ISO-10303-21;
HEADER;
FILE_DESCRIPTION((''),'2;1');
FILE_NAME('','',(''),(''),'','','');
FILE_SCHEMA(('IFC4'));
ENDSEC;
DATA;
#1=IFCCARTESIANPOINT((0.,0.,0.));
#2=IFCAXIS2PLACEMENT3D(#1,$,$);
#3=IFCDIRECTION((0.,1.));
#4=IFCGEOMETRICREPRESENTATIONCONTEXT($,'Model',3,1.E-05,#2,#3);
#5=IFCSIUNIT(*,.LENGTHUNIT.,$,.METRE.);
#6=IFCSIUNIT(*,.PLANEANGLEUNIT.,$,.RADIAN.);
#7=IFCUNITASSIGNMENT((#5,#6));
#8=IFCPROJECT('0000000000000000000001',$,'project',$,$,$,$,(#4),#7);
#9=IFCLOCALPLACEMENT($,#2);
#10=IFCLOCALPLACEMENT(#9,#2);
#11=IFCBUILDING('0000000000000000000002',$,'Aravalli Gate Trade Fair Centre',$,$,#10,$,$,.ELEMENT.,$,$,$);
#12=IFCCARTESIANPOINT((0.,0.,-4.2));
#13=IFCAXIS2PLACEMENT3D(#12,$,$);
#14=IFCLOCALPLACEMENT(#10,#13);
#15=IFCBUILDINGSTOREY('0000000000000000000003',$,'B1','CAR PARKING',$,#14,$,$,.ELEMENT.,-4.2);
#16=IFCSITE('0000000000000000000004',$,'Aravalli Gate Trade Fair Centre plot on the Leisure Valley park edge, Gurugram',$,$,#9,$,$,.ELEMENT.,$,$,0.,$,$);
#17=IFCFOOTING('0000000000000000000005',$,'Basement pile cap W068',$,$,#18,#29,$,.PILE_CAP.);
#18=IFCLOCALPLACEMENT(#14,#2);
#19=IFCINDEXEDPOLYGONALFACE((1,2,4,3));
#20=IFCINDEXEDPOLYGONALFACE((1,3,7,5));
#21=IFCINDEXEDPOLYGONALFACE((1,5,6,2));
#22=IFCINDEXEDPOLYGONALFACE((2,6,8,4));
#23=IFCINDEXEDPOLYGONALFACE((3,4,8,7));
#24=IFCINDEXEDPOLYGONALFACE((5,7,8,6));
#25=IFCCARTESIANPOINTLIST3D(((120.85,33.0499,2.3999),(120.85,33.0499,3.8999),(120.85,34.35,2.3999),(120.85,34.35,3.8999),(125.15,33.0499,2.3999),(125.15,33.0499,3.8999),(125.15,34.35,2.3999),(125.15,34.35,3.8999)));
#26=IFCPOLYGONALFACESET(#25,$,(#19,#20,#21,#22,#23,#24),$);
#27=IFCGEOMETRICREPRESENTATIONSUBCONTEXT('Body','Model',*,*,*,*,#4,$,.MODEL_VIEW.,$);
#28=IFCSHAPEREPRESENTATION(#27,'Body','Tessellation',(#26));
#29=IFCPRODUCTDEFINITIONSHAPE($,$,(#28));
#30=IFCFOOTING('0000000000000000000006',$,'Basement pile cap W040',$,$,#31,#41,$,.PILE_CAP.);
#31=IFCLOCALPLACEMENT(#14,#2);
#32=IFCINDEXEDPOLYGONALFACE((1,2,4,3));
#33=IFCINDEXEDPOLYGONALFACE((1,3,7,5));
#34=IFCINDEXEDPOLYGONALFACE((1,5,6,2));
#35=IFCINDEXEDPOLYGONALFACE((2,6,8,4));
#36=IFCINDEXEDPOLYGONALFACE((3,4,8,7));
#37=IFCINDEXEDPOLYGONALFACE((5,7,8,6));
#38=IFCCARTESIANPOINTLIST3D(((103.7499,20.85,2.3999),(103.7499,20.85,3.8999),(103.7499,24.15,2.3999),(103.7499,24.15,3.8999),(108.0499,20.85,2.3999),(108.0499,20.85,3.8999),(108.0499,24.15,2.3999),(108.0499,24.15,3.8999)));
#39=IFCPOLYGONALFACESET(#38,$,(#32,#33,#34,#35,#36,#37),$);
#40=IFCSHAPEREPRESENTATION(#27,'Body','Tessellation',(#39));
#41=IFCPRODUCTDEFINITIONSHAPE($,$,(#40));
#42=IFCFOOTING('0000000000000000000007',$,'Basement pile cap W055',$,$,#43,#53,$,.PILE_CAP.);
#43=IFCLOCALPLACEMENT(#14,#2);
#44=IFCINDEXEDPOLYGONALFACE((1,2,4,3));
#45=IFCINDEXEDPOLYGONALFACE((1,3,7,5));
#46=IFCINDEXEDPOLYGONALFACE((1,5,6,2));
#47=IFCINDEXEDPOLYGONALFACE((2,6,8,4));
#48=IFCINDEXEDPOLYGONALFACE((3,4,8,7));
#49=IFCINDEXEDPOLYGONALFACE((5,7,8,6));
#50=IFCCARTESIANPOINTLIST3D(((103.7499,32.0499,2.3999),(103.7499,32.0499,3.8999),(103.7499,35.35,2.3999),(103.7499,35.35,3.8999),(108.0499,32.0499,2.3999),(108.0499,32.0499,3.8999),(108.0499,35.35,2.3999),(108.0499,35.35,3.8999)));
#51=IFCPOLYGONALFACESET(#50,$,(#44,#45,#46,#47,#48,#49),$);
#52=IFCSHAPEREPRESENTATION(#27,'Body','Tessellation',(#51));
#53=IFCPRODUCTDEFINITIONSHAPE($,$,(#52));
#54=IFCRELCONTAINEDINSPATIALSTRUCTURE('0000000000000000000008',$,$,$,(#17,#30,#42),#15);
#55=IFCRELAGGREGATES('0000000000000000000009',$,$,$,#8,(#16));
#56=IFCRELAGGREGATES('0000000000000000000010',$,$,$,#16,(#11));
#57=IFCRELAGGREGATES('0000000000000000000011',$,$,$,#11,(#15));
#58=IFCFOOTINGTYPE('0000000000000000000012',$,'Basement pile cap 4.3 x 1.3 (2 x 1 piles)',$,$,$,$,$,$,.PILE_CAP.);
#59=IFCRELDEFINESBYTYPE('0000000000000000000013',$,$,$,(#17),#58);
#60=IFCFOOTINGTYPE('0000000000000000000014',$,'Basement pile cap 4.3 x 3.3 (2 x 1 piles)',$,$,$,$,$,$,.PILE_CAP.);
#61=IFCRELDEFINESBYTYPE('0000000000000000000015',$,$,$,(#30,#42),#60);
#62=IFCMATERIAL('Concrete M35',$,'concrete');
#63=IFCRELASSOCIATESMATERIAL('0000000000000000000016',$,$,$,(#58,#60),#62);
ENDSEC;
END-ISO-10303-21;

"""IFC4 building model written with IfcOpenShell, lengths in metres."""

from ifc_helpers import new_model, si_unit, direction, frame, origin, origin_2d, place, context, subcontext, project, spatial, rectangle, extrude, material, type_object, element, save


model = new_model("IFC4")

# Units and contexts
model_context = context("Model", 3, precision=1e-05, world=origin(), true_north=direction((0.0, 1.0)))
body_context = subcontext(model_context, "Body", "Model", "MODEL_VIEW")
ifc_project = project(units=[si_unit("LENGTHUNIT", "METRE"), si_unit("PLANEANGLEUNIT", "RADIAN")], contexts=[model_context])

# Site, building, storey
site_placement = place(None, origin())
site = spatial("IfcSite", under=ifc_project, at=site_placement, Name="Aravalli Gate Trade Fair Centre plot on the Leisure Valley park edge, Gurugram", CompositionType="ELEMENT", RefElevation=0.0)
building_placement = place(site_placement, origin())
building = spatial("IfcBuilding", under=site, at=building_placement, Name="Aravalli Gate Trade Fair Centre", CompositionType="ELEMENT")
storey_placement = place(building_placement, frame((0.0, 0.0, -4.2)))
storey = spatial("IfcBuildingStorey", under=building, at=storey_placement, Name="B1", Description="CAR PARKING", CompositionType="ELEMENT", Elevation=-4.2)

# Shared definitions
ifc_material = material(Name="Concrete M35", Category="concrete")

# Footings
footing_type_1 = type_object("IfcFootingType", Name="Basement pile cap 4.3 x 1.3 (2 x 1 piles)", PredefinedType="PILE_CAP", material=ifc_material)
footing_placement = place(storey_placement, frame((123.0, 33.7, 2.3999), z_axis=(0.0, 0.0, 1.0), x_axis=(1.0, 0.0, 0.0)))
element("IfcFooting", 1, at=footing_placement, inside=storey, type_object=footing_type_1, Name="Basement pile cap W068", PredefinedType="PILE_CAP", context=body_context, shape_type="SweptSolid", body=[
    extrude(rectangle(XDim=4.3, YDim=1.3, at=origin_2d()), origin(), (0.0, 0.0, 1.0), 1.5),
])
footing_type_2 = type_object("IfcFootingType", Name="Basement pile cap 4.3 x 3.3 (2 x 1 piles)", PredefinedType="PILE_CAP", material=ifc_material)
for number, where, z_axis, x_axis, name in (
    (2, (105.8999, 22.5, 2.3999), (0.0, 0.0, 1.0), (1.0, 0.0, 0.0), "Basement pile cap W040"),
    (3, (105.8999, 33.7, 2.3999), (0.0, 0.0, 1.0), (1.0, 0.0, 0.0), "Basement pile cap W055"),
):
    element("IfcFooting", number, at=place(storey_placement, frame(where, z_axis=z_axis, x_axis=x_axis)), inside=storey, type_object=footing_type_2, Name=name, PredefinedType="PILE_CAP", context=body_context, shape_type="SweptSolid", body=[
        extrude(rectangle(XDim=4.3, YDim=3.3, at=origin_2d()), origin(), (0.0, 0.0, 1.0), 1.5),
    ])

save(model, "model.ifc")
